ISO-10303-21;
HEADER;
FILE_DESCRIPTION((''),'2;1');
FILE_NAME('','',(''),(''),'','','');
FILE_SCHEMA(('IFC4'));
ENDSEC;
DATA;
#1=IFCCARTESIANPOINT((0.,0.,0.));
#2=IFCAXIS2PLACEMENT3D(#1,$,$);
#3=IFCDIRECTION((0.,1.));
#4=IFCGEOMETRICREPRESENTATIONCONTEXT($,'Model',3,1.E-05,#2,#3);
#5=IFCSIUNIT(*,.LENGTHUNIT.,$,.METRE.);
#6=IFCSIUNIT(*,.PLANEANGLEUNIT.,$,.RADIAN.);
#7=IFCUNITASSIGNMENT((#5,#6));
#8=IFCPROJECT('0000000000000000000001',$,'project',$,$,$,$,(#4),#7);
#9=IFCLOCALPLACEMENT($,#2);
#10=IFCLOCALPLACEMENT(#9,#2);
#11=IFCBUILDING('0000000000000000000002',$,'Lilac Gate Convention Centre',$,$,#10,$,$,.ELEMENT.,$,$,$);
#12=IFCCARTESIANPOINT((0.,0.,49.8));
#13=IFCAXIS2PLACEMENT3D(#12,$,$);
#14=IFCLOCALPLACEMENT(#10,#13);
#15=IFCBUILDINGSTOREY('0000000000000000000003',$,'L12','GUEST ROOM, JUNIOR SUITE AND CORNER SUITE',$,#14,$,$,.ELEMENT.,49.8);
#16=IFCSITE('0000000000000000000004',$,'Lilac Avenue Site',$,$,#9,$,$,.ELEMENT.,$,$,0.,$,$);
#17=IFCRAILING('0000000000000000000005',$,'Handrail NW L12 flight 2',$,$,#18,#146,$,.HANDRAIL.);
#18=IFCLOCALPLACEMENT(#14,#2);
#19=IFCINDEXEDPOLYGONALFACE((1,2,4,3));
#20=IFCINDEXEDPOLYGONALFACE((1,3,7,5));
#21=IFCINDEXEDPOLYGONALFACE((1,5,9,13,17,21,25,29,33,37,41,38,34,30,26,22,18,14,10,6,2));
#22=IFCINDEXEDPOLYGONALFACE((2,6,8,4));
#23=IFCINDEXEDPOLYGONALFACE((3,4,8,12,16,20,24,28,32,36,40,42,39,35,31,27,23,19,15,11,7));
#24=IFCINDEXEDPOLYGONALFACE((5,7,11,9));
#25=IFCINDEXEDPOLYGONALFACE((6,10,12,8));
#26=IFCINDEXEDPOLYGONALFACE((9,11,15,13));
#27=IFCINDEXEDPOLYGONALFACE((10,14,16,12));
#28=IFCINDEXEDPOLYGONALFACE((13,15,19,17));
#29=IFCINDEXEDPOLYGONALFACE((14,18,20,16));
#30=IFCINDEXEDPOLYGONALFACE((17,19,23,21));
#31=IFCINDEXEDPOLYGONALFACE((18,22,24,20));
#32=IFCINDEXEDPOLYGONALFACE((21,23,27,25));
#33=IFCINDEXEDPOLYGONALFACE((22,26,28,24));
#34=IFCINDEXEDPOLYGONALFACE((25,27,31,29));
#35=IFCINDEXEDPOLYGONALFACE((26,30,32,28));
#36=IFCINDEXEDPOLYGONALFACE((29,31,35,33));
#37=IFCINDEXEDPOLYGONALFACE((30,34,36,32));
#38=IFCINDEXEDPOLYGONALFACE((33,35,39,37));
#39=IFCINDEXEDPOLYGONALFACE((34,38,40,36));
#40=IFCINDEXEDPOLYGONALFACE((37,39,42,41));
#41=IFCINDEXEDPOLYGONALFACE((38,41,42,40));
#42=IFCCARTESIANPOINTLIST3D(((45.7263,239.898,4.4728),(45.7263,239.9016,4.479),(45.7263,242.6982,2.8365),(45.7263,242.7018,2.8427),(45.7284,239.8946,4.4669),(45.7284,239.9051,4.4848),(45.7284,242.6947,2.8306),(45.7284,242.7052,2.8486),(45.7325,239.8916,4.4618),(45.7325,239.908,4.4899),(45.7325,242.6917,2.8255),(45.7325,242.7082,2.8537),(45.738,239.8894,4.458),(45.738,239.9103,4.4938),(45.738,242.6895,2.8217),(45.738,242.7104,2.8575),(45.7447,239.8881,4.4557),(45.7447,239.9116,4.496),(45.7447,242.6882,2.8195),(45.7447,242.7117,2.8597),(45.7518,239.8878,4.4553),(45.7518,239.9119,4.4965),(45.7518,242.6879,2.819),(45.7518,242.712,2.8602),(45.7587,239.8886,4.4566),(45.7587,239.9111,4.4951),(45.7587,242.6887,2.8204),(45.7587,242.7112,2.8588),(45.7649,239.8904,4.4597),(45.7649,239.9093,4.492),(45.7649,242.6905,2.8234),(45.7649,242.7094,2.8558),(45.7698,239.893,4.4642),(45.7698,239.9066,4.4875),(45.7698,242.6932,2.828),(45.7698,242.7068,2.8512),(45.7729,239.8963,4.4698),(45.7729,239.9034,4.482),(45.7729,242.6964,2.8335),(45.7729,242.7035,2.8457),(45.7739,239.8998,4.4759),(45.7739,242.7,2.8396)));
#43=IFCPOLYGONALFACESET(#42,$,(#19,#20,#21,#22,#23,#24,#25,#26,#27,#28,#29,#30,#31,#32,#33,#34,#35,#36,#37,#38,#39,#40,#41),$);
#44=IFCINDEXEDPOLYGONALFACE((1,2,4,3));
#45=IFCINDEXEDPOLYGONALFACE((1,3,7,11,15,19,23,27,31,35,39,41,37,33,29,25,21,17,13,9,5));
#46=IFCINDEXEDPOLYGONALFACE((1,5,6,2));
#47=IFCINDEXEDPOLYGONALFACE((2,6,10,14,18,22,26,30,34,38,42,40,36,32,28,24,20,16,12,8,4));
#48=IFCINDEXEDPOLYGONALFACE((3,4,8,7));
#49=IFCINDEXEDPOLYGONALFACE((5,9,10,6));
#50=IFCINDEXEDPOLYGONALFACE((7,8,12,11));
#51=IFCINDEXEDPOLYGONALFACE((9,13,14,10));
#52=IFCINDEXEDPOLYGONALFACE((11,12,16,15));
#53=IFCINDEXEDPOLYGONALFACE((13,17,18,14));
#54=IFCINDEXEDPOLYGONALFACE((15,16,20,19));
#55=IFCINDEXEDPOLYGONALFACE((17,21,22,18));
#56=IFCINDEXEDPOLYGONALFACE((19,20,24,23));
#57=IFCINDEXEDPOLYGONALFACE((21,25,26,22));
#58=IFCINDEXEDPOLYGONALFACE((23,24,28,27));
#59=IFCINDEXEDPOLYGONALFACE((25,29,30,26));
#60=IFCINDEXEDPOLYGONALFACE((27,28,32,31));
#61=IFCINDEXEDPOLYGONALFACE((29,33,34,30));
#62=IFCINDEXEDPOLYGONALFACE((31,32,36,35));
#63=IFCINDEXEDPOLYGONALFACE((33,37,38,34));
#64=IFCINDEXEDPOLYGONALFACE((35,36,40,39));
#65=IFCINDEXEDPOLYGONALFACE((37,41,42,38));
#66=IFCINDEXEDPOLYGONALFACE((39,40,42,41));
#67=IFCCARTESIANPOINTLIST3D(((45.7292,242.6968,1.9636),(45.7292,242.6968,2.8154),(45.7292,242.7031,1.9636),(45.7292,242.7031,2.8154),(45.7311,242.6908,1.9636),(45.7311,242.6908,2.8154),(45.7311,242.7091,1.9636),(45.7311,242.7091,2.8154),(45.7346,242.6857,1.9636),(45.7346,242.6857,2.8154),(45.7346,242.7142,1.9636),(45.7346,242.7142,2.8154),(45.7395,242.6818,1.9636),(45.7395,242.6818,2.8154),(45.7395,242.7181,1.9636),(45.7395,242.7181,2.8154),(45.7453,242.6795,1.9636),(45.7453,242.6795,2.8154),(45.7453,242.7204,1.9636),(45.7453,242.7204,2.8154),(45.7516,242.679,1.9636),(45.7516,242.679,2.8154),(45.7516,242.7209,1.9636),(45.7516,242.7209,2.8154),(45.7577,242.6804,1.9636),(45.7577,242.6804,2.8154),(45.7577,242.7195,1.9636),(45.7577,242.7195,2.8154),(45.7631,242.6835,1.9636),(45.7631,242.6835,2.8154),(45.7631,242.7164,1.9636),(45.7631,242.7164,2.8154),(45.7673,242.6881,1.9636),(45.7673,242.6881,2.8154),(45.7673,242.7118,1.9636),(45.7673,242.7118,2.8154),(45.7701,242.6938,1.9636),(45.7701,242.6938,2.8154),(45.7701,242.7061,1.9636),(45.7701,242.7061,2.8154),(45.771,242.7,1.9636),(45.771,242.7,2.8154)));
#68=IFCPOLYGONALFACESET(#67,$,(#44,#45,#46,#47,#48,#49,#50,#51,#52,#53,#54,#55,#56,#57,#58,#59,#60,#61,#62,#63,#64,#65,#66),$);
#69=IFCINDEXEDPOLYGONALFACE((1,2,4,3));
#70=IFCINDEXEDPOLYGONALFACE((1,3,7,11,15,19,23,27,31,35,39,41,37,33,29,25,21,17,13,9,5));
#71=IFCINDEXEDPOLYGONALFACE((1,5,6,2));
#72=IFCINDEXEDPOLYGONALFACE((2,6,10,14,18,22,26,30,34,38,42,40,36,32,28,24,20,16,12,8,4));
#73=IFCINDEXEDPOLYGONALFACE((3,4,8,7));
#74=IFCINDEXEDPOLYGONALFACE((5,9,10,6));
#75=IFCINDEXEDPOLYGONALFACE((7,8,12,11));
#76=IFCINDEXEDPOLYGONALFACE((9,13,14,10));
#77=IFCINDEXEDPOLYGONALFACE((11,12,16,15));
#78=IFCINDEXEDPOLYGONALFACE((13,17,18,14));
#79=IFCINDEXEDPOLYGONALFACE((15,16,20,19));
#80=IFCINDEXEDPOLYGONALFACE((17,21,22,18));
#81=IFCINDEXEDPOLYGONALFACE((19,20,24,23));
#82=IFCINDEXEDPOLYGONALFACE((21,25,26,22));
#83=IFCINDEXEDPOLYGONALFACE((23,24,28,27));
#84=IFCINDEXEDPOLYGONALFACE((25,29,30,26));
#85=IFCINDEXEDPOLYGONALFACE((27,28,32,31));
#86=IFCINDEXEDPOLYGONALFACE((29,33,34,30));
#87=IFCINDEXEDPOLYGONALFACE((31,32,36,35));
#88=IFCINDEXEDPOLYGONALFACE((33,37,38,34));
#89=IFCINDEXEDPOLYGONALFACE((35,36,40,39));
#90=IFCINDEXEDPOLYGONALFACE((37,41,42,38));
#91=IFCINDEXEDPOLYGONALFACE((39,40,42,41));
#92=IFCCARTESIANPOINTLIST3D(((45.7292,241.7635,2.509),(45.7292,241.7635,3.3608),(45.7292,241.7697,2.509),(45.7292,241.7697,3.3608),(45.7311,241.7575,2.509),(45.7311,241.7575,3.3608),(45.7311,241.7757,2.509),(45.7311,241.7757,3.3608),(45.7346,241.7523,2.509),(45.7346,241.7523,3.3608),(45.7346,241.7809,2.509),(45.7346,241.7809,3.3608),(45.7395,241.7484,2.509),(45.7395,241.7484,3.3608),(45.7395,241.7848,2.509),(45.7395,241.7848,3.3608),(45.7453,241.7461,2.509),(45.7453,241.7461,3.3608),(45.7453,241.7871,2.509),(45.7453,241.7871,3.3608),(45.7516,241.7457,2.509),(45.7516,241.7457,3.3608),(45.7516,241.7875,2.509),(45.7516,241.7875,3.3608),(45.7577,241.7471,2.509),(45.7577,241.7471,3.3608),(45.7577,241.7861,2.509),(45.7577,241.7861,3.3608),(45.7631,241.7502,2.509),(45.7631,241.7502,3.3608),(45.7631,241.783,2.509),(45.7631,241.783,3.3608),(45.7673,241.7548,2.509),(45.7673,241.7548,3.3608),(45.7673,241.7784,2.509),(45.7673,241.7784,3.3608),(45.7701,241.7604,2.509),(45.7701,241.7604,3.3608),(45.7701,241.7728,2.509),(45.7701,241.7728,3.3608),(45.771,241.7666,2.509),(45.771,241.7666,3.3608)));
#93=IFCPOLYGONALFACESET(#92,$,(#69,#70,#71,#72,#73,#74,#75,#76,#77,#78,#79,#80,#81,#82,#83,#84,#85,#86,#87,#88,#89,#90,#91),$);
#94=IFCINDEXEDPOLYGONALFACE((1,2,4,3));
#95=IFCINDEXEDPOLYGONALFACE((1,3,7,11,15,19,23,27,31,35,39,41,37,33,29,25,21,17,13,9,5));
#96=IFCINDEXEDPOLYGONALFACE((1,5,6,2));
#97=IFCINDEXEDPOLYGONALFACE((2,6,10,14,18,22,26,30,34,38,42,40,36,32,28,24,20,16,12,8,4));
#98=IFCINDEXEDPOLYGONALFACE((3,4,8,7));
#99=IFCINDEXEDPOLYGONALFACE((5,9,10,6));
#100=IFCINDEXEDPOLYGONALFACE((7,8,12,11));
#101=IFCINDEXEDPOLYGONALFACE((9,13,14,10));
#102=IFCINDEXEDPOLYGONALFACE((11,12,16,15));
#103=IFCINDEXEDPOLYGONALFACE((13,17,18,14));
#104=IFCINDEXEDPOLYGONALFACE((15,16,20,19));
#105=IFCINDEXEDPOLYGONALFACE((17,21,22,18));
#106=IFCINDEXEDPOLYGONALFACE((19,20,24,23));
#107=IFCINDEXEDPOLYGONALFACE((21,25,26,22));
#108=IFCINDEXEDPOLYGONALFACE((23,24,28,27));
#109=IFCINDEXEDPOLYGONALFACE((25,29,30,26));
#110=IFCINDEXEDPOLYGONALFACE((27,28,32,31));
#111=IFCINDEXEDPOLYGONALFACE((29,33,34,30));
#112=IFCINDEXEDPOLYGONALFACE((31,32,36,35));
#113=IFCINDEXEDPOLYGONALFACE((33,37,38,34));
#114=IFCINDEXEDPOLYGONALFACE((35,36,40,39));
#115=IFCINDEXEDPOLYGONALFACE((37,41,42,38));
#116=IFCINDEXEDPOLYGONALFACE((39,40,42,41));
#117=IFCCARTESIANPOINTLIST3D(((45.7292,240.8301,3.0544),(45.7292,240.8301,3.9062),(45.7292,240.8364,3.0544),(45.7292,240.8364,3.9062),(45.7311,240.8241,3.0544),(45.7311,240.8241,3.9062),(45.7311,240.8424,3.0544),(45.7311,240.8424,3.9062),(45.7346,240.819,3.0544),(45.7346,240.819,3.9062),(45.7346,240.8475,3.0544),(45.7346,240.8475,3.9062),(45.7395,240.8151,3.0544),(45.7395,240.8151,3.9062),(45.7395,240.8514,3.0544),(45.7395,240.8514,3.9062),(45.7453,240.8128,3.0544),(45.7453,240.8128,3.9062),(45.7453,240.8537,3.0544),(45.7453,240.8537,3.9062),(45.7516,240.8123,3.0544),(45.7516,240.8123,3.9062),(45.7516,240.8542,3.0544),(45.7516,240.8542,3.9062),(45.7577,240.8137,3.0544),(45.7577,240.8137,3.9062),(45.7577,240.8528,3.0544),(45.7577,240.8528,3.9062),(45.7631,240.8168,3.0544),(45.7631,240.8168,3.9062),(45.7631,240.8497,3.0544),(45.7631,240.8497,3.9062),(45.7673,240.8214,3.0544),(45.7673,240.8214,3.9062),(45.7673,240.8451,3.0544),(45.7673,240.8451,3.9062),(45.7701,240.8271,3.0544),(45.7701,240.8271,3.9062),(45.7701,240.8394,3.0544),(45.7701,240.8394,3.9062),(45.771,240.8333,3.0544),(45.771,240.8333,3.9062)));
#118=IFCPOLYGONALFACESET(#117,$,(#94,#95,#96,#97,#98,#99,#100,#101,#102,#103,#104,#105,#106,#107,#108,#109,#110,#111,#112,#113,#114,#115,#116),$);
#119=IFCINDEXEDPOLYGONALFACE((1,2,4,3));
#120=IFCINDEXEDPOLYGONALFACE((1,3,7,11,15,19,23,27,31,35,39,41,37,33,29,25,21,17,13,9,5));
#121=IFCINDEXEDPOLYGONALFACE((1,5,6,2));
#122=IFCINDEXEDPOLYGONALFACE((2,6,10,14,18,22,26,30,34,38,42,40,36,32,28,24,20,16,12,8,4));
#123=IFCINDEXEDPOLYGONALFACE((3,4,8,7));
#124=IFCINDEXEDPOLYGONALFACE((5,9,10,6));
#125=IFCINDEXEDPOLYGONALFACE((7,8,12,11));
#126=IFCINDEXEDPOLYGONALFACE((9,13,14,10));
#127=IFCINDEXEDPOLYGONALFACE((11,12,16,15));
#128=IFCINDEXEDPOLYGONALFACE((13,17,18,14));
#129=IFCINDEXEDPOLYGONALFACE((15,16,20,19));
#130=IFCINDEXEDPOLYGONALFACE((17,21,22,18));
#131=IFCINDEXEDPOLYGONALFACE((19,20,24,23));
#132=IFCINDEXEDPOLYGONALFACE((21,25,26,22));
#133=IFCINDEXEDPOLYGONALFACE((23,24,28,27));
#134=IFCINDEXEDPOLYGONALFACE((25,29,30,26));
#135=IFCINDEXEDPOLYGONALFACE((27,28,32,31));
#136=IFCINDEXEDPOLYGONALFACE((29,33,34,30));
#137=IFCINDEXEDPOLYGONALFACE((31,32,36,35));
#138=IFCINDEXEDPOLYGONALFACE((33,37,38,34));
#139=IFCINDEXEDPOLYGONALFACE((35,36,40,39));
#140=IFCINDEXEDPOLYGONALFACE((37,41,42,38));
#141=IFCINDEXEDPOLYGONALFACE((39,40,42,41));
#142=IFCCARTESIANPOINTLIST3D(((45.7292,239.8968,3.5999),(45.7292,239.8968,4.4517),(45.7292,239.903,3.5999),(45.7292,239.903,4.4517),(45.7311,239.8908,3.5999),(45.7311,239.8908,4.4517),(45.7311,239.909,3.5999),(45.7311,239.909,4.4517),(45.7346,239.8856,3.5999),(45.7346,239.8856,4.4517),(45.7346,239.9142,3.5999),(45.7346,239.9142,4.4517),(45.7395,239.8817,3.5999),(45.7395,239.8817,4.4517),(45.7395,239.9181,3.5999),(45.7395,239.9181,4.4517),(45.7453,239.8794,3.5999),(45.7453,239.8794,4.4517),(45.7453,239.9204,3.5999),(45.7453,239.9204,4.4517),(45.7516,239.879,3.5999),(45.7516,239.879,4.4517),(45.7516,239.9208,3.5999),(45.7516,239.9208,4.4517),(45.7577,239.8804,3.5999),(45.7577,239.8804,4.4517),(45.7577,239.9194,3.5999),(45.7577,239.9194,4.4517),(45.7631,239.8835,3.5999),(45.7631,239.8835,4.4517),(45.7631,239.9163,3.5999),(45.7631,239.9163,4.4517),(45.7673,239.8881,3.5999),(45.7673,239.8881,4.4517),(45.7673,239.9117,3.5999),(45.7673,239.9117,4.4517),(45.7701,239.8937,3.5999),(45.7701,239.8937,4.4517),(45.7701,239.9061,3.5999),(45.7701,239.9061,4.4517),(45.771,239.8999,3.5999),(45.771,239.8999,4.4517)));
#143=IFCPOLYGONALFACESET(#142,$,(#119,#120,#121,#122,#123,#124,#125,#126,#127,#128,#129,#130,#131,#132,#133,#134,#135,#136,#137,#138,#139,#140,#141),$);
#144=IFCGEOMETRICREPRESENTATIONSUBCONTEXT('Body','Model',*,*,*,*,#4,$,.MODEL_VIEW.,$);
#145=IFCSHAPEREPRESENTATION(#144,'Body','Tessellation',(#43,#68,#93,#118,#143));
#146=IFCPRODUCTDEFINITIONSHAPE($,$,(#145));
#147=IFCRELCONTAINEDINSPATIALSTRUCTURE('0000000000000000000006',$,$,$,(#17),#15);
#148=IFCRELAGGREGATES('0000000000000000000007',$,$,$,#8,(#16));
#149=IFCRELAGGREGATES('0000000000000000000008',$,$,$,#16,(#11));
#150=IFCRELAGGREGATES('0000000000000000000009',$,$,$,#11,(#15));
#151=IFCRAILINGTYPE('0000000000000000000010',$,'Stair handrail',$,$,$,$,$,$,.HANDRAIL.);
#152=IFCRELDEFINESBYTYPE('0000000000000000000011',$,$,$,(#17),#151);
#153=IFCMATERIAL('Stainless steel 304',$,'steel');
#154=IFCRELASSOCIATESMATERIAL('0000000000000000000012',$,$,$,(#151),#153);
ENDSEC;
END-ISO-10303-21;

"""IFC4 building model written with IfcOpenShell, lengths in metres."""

from ifc_helpers import new_model, si_unit, direction, frame, origin, origin_2d, place, context, subcontext, project, spatial, circle, extrude, material, type_object, element, save


model = new_model("IFC4")

# Units and contexts
model_context = context("Model", 3, precision=1e-05, world=origin(), true_north=direction((0.0, 1.0)))
body_context = subcontext(model_context, "Body", "Model", "MODEL_VIEW")
ifc_project = project(units=[si_unit("LENGTHUNIT", "METRE"), si_unit("PLANEANGLEUNIT", "RADIAN")], contexts=[model_context])

# Site, building, storey
site_placement = place(None, origin())
site = spatial("IfcSite", under=ifc_project, at=site_placement, Name="Lilac Avenue Site", CompositionType="ELEMENT", RefElevation=0.0)
building_placement = place(site_placement, origin())
building = spatial("IfcBuilding", under=site, at=building_placement, Name="Lilac Gate Convention Centre", CompositionType="ELEMENT")
storey_placement = place(building_placement, frame((0.0, 0.0, 49.8)))
storey = spatial("IfcBuildingStorey", under=building, at=storey_placement, Name="L12", Description="GUEST ROOM, JUNIOR SUITE AND CORNER SUITE", CompositionType="ELEMENT", Elevation=49.8)

# Railing
ifc_material_1 = material(Name="Stainless steel 304", Category="steel")
railing_type = type_object("IfcRailingType", Name="Stair handrail", PredefinedType="HANDRAIL", material=ifc_material_1)
for number, where, name in (
    (1, (45.75, 242.7, 1.9636), "Handrail NW L12 flight 2"),
):
    element("IfcRailing", number, at=place(storey_placement, frame(where)), inside=storey, type_object=railing_type, Name=name, PredefinedType="HANDRAIL", context=body_context, shape_type="SweptSolid", body=[
        extrude(circle(Radius=0.0239, at=origin_2d()), frame((0.0, 0.0, 0.876), z_axis=(0.0, -0.863394, 0.504531), x_axis=(1.0, 0.0, 0.0)), (0.0, 0.0, 1.0), 3.2432),
        extrude(circle(Radius=0.021, at=origin_2d()), origin(), (0.0, 0.0, 1.0), 0.8518),
        extrude(circle(Radius=0.021, at=origin_2d()), frame((0.0, -0.9333, 0.5454)), (0.0, 0.0, 1.0), 0.8518),
        extrude(circle(Radius=0.021, at=origin_2d()), frame((0.0, -1.8667, 1.0908)), (0.0, 0.0, 1.0), 0.8518),
        extrude(circle(Radius=0.021, at=origin_2d()), frame((0.0, -2.8, 1.6362)), (0.0, 0.0, 1.0), 0.8518),
    ])

save(model, "model.ifc")
